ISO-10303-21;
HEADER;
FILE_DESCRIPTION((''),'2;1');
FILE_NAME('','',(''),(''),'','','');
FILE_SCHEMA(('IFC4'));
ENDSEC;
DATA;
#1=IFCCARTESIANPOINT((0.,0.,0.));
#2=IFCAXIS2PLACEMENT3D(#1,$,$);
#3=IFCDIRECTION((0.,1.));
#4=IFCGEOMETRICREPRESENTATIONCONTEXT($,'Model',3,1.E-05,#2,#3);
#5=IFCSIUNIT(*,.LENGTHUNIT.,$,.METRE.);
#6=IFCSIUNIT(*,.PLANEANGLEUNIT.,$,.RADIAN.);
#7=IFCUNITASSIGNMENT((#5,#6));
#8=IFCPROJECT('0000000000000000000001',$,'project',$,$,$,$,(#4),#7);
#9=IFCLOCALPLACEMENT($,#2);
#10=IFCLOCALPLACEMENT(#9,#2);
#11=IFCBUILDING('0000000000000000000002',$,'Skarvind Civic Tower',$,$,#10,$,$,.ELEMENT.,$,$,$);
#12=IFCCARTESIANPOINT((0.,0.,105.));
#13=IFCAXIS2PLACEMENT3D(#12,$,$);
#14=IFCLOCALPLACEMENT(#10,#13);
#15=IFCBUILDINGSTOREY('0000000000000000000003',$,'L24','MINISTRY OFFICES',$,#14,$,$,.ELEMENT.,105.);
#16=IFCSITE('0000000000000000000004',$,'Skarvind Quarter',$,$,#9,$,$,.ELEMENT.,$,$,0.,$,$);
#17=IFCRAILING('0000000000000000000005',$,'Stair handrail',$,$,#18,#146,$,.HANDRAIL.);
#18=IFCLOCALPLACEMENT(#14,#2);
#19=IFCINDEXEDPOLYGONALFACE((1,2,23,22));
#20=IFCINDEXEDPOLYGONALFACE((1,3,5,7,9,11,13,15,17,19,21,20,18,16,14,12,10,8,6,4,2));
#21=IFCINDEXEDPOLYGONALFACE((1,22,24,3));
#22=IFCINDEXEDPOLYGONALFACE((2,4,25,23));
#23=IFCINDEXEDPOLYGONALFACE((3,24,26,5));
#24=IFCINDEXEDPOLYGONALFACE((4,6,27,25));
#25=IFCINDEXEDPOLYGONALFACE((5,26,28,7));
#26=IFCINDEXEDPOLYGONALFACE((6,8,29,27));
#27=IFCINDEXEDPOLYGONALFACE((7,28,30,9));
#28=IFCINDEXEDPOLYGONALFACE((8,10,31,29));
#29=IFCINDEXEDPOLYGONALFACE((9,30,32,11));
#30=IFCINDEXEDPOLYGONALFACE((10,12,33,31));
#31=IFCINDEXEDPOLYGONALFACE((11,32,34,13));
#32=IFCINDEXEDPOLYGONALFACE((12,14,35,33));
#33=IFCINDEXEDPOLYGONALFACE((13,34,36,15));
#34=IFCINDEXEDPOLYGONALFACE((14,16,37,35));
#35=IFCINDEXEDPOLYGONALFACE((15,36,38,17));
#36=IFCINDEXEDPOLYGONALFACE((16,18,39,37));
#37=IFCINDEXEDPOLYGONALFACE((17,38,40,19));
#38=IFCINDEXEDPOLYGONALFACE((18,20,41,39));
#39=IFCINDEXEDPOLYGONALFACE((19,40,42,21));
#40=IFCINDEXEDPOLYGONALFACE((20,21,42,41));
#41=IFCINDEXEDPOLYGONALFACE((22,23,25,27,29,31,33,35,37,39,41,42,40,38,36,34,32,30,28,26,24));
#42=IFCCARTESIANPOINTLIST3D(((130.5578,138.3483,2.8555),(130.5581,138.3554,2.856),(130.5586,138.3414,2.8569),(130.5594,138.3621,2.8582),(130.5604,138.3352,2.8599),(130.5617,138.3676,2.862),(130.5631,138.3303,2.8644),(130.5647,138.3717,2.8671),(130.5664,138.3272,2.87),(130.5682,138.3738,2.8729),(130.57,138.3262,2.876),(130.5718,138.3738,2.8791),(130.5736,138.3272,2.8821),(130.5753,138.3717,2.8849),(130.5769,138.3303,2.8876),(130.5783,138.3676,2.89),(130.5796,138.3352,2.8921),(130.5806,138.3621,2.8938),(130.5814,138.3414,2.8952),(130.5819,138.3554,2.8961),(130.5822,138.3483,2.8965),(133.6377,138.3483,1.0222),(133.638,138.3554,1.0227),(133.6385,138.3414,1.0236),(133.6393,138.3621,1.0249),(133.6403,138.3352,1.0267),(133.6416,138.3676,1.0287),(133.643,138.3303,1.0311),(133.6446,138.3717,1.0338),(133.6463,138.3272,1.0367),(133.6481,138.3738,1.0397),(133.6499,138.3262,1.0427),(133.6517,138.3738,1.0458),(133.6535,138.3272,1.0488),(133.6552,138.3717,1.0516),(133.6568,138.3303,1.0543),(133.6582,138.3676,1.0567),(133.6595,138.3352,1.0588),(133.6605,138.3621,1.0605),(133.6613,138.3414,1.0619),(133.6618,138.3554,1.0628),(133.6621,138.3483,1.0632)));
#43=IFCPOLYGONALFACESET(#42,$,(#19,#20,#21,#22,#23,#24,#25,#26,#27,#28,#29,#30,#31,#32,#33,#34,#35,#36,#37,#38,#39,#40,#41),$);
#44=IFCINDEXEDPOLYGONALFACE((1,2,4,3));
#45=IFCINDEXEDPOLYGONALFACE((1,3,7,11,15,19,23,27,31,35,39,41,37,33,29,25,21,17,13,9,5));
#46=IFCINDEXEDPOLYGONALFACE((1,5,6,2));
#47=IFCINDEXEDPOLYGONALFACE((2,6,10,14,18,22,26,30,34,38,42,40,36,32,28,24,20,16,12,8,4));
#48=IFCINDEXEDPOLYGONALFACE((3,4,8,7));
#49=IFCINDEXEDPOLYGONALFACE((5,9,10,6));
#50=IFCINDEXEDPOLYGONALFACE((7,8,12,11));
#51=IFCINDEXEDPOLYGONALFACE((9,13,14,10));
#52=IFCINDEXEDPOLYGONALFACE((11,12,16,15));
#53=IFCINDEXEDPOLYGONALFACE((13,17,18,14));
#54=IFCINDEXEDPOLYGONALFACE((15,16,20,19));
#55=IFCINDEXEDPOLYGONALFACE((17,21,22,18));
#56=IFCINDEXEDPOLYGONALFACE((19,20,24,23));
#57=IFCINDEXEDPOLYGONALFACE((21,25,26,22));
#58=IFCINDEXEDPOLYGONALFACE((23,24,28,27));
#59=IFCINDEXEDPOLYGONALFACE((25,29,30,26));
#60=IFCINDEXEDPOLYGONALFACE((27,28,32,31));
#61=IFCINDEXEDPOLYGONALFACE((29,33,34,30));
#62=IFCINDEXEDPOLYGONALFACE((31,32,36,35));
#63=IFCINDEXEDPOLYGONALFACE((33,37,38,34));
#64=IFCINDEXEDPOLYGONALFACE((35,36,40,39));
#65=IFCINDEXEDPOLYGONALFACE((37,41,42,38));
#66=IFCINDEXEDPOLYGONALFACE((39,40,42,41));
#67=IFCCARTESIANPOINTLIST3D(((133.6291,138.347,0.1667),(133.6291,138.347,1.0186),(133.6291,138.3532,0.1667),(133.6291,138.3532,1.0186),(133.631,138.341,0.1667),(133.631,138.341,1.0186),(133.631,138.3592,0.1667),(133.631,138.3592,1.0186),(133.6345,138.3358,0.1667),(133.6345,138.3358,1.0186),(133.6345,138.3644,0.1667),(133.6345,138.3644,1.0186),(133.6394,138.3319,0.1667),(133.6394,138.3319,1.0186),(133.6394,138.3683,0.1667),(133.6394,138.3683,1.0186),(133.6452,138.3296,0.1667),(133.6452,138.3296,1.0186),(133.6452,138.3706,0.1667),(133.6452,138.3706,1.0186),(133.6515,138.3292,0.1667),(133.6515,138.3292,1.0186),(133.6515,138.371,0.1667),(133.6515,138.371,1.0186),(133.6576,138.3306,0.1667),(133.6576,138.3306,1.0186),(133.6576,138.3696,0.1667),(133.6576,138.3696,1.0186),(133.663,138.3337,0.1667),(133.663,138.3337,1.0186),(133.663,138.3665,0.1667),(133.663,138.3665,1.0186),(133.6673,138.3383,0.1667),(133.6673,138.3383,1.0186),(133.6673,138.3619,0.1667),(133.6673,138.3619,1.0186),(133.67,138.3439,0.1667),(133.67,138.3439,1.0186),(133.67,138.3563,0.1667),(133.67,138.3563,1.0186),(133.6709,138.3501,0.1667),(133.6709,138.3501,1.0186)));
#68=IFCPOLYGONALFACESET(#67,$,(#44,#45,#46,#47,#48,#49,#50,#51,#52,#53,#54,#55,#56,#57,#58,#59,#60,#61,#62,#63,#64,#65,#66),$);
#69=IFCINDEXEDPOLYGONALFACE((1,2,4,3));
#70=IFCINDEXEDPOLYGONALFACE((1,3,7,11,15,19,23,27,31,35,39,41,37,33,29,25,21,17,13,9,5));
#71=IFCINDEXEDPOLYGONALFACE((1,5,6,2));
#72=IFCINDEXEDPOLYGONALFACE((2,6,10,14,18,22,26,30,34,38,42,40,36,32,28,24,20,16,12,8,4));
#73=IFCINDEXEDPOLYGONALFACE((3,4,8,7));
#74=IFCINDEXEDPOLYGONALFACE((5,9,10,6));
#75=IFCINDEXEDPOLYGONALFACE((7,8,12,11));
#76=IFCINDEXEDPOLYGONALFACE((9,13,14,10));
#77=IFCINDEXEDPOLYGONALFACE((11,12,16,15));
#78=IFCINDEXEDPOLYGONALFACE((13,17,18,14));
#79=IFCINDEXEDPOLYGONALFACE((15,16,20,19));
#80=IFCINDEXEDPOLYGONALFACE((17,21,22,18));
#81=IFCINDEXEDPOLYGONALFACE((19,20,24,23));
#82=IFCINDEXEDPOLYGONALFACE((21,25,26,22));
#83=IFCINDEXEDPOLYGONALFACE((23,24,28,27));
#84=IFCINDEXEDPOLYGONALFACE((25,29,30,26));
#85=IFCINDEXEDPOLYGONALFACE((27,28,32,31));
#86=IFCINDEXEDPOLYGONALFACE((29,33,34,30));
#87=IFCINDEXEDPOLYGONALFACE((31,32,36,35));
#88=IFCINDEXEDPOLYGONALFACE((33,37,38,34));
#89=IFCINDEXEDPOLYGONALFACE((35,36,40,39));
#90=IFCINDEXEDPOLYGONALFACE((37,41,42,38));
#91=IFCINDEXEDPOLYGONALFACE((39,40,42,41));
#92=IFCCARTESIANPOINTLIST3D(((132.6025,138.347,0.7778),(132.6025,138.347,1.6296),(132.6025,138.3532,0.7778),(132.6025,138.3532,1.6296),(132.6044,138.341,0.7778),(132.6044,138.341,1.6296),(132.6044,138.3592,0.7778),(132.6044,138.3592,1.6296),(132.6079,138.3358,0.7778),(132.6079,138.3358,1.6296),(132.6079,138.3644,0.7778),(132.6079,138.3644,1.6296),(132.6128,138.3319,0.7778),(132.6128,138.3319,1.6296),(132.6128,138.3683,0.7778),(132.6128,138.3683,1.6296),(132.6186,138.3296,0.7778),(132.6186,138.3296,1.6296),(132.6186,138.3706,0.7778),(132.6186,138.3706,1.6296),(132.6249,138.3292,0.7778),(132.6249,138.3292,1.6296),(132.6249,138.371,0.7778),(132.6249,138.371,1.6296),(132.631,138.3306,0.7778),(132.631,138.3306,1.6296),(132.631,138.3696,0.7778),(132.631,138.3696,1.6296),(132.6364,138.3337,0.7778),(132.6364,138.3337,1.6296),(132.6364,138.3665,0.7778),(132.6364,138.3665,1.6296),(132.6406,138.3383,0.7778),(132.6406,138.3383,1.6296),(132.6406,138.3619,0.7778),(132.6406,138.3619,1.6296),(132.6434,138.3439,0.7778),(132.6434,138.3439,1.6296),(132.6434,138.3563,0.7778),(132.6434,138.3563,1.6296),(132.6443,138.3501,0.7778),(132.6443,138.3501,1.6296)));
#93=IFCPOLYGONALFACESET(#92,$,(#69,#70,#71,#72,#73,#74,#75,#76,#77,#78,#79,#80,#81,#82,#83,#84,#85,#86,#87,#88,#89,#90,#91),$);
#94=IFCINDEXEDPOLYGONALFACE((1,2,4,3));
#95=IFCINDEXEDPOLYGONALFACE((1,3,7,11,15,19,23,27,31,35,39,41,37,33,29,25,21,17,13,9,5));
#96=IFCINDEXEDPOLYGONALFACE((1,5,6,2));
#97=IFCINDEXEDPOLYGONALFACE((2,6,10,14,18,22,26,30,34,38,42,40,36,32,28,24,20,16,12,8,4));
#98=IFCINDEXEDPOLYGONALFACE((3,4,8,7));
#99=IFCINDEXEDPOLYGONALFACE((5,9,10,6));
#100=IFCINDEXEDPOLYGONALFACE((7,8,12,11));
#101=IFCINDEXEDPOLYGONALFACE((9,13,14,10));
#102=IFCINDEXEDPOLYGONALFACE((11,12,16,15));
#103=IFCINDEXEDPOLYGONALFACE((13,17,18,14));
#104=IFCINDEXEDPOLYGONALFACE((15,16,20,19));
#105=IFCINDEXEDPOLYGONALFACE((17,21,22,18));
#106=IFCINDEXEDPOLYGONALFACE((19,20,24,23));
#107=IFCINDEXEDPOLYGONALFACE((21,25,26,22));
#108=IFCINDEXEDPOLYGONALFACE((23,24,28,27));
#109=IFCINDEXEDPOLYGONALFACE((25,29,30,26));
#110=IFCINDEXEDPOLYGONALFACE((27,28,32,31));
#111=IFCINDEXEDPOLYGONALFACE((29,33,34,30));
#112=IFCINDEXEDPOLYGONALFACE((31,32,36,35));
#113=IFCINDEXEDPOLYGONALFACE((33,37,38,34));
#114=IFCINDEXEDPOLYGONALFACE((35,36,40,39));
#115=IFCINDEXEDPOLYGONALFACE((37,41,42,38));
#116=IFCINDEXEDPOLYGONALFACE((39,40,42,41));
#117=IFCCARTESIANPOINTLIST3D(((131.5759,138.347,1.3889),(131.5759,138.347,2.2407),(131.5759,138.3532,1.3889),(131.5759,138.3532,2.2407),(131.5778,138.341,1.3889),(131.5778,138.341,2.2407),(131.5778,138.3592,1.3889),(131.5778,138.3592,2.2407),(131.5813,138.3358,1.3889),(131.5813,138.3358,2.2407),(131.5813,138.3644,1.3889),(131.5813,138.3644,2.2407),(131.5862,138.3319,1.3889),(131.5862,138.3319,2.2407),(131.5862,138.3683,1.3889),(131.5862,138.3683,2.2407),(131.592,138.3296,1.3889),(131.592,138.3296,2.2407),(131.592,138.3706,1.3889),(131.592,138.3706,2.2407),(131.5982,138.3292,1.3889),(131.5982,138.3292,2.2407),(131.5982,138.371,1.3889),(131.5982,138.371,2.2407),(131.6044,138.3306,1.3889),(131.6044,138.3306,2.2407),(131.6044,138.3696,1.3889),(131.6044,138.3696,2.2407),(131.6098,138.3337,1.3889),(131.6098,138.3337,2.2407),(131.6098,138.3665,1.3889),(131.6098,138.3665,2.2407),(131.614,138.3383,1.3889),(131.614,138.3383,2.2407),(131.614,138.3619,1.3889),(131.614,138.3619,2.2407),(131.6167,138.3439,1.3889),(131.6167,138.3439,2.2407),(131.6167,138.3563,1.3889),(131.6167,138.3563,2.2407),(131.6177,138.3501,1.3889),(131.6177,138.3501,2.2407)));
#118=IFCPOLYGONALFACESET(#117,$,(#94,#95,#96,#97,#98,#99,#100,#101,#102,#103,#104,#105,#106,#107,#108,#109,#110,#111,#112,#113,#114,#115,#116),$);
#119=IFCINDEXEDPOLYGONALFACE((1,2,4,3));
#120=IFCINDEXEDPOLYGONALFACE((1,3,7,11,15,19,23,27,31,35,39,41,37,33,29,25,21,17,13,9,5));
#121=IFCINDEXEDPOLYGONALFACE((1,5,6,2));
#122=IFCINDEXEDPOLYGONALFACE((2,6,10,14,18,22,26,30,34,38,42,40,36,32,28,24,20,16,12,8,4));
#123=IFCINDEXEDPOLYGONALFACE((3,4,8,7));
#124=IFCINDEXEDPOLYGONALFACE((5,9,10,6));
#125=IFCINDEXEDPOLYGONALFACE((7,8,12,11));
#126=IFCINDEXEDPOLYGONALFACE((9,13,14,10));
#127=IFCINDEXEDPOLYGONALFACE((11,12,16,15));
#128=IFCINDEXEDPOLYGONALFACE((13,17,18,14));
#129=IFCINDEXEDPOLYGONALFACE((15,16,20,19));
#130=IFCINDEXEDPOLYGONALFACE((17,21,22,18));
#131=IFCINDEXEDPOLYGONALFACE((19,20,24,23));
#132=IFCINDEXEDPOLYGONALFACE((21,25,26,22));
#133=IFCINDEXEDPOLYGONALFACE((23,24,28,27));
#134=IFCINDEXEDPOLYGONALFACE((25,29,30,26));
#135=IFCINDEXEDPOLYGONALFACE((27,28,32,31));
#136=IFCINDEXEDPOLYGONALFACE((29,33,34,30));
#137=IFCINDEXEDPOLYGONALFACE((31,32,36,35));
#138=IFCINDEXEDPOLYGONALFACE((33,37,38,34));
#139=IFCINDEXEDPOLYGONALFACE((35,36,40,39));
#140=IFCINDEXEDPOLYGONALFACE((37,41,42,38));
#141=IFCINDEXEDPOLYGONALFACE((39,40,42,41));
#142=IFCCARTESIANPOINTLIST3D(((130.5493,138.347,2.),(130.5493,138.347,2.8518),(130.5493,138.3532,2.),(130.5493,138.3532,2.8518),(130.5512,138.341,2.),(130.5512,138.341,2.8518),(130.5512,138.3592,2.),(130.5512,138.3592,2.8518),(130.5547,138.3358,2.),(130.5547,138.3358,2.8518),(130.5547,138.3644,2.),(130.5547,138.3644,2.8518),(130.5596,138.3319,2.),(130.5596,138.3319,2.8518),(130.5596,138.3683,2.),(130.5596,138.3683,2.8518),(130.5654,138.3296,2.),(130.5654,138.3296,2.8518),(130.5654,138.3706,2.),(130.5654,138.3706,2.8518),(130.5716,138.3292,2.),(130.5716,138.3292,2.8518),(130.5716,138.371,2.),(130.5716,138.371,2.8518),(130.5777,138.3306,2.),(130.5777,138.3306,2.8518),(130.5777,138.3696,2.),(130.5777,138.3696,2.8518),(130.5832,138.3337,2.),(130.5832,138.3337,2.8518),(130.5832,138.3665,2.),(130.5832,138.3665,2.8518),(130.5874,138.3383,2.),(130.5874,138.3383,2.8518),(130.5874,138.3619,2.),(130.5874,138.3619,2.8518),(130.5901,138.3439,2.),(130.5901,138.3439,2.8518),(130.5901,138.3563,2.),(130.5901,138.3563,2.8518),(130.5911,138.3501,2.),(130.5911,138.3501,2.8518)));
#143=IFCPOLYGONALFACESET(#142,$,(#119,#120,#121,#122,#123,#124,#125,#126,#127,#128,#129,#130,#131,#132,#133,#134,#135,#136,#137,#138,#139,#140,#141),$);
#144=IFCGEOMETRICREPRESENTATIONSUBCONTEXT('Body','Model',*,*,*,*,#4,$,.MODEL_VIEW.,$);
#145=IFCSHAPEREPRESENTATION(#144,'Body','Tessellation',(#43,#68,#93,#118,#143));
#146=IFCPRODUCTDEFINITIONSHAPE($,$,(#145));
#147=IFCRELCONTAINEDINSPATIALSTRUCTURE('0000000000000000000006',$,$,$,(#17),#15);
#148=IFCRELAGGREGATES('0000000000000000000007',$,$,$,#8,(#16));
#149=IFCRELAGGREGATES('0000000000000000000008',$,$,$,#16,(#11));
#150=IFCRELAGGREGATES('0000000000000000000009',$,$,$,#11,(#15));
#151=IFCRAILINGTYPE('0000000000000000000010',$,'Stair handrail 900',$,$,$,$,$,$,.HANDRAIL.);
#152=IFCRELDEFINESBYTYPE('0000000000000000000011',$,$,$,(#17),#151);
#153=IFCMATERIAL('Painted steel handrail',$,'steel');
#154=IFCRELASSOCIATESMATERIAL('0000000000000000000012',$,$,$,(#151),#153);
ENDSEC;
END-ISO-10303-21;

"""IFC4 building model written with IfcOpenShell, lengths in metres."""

from ifc_helpers import new_model, si_unit, direction, frame, origin, origin_2d, place, context, subcontext, project, spatial, circle, extrude, material, type_object, element, save


model = new_model("IFC4")

# Units and contexts
model_context = context("Model", 3, precision=1e-05, world=origin(), true_north=direction((0.0, 1.0)))
body_context = subcontext(model_context, "Body", "Model", "MODEL_VIEW")
ifc_project = project(units=[si_unit("LENGTHUNIT", "METRE"), si_unit("PLANEANGLEUNIT", "RADIAN")], contexts=[model_context])

# Site, building, storey
site_placement = place(None, origin())
site = spatial("IfcSite", under=ifc_project, at=site_placement, Name="Skarvind Quarter", CompositionType="ELEMENT", RefElevation=0.0)
building_placement = place(site_placement, origin())
building = spatial("IfcBuilding", under=site, at=building_placement, Name="Skarvind Civic Tower", CompositionType="ELEMENT")
storey_placement = place(building_placement, frame((0.0, 0.0, 105.0)))
storey = spatial("IfcBuildingStorey", under=building, at=storey_placement, Name="L24", Description="MINISTRY OFFICES", CompositionType="ELEMENT", Elevation=105.0)

# Railing
ifc_material_1 = material(Name="Painted steel handrail", Category="steel")
railing_type = type_object("IfcRailingType", Name="Stair handrail 900", PredefinedType="HANDRAIL", material=ifc_material_1)
railing_1_placement = place(storey_placement, frame((133.6499, 138.3501, 0.1667)))
element("IfcRailing", 1, at=railing_1_placement, inside=storey, type_object=railing_type, Name="Stair handrail", PredefinedType="HANDRAIL", context=body_context, shape_type="SweptSolid", body=[
    extrude(circle(Radius=0.0239, at=origin_2d()), frame((0.0, 0.0, 0.876), z_axis=(-0.859291, 0.0, 0.511487), x_axis=(0.0, -1.0, 0.0)), (0.0, 0.0, 1.0), 3.5842),
    extrude(circle(Radius=0.021, at=origin_2d()), origin(), (0.0, 0.0, 1.0), 0.8518),
    extrude(circle(Radius=0.021, at=origin_2d()), frame((-1.0266, 0.0, 0.6111)), (0.0, 0.0, 1.0), 0.8518),
    extrude(circle(Radius=0.021, at=origin_2d()), frame((-2.0532, 0.0, 1.2222)), (0.0, 0.0, 1.0), 0.8518),
    extrude(circle(Radius=0.021, at=origin_2d()), frame((-3.0798, 0.0, 1.8333)), (0.0, 0.0, 1.0), 0.8518),
])

save(model, "model.ifc")
